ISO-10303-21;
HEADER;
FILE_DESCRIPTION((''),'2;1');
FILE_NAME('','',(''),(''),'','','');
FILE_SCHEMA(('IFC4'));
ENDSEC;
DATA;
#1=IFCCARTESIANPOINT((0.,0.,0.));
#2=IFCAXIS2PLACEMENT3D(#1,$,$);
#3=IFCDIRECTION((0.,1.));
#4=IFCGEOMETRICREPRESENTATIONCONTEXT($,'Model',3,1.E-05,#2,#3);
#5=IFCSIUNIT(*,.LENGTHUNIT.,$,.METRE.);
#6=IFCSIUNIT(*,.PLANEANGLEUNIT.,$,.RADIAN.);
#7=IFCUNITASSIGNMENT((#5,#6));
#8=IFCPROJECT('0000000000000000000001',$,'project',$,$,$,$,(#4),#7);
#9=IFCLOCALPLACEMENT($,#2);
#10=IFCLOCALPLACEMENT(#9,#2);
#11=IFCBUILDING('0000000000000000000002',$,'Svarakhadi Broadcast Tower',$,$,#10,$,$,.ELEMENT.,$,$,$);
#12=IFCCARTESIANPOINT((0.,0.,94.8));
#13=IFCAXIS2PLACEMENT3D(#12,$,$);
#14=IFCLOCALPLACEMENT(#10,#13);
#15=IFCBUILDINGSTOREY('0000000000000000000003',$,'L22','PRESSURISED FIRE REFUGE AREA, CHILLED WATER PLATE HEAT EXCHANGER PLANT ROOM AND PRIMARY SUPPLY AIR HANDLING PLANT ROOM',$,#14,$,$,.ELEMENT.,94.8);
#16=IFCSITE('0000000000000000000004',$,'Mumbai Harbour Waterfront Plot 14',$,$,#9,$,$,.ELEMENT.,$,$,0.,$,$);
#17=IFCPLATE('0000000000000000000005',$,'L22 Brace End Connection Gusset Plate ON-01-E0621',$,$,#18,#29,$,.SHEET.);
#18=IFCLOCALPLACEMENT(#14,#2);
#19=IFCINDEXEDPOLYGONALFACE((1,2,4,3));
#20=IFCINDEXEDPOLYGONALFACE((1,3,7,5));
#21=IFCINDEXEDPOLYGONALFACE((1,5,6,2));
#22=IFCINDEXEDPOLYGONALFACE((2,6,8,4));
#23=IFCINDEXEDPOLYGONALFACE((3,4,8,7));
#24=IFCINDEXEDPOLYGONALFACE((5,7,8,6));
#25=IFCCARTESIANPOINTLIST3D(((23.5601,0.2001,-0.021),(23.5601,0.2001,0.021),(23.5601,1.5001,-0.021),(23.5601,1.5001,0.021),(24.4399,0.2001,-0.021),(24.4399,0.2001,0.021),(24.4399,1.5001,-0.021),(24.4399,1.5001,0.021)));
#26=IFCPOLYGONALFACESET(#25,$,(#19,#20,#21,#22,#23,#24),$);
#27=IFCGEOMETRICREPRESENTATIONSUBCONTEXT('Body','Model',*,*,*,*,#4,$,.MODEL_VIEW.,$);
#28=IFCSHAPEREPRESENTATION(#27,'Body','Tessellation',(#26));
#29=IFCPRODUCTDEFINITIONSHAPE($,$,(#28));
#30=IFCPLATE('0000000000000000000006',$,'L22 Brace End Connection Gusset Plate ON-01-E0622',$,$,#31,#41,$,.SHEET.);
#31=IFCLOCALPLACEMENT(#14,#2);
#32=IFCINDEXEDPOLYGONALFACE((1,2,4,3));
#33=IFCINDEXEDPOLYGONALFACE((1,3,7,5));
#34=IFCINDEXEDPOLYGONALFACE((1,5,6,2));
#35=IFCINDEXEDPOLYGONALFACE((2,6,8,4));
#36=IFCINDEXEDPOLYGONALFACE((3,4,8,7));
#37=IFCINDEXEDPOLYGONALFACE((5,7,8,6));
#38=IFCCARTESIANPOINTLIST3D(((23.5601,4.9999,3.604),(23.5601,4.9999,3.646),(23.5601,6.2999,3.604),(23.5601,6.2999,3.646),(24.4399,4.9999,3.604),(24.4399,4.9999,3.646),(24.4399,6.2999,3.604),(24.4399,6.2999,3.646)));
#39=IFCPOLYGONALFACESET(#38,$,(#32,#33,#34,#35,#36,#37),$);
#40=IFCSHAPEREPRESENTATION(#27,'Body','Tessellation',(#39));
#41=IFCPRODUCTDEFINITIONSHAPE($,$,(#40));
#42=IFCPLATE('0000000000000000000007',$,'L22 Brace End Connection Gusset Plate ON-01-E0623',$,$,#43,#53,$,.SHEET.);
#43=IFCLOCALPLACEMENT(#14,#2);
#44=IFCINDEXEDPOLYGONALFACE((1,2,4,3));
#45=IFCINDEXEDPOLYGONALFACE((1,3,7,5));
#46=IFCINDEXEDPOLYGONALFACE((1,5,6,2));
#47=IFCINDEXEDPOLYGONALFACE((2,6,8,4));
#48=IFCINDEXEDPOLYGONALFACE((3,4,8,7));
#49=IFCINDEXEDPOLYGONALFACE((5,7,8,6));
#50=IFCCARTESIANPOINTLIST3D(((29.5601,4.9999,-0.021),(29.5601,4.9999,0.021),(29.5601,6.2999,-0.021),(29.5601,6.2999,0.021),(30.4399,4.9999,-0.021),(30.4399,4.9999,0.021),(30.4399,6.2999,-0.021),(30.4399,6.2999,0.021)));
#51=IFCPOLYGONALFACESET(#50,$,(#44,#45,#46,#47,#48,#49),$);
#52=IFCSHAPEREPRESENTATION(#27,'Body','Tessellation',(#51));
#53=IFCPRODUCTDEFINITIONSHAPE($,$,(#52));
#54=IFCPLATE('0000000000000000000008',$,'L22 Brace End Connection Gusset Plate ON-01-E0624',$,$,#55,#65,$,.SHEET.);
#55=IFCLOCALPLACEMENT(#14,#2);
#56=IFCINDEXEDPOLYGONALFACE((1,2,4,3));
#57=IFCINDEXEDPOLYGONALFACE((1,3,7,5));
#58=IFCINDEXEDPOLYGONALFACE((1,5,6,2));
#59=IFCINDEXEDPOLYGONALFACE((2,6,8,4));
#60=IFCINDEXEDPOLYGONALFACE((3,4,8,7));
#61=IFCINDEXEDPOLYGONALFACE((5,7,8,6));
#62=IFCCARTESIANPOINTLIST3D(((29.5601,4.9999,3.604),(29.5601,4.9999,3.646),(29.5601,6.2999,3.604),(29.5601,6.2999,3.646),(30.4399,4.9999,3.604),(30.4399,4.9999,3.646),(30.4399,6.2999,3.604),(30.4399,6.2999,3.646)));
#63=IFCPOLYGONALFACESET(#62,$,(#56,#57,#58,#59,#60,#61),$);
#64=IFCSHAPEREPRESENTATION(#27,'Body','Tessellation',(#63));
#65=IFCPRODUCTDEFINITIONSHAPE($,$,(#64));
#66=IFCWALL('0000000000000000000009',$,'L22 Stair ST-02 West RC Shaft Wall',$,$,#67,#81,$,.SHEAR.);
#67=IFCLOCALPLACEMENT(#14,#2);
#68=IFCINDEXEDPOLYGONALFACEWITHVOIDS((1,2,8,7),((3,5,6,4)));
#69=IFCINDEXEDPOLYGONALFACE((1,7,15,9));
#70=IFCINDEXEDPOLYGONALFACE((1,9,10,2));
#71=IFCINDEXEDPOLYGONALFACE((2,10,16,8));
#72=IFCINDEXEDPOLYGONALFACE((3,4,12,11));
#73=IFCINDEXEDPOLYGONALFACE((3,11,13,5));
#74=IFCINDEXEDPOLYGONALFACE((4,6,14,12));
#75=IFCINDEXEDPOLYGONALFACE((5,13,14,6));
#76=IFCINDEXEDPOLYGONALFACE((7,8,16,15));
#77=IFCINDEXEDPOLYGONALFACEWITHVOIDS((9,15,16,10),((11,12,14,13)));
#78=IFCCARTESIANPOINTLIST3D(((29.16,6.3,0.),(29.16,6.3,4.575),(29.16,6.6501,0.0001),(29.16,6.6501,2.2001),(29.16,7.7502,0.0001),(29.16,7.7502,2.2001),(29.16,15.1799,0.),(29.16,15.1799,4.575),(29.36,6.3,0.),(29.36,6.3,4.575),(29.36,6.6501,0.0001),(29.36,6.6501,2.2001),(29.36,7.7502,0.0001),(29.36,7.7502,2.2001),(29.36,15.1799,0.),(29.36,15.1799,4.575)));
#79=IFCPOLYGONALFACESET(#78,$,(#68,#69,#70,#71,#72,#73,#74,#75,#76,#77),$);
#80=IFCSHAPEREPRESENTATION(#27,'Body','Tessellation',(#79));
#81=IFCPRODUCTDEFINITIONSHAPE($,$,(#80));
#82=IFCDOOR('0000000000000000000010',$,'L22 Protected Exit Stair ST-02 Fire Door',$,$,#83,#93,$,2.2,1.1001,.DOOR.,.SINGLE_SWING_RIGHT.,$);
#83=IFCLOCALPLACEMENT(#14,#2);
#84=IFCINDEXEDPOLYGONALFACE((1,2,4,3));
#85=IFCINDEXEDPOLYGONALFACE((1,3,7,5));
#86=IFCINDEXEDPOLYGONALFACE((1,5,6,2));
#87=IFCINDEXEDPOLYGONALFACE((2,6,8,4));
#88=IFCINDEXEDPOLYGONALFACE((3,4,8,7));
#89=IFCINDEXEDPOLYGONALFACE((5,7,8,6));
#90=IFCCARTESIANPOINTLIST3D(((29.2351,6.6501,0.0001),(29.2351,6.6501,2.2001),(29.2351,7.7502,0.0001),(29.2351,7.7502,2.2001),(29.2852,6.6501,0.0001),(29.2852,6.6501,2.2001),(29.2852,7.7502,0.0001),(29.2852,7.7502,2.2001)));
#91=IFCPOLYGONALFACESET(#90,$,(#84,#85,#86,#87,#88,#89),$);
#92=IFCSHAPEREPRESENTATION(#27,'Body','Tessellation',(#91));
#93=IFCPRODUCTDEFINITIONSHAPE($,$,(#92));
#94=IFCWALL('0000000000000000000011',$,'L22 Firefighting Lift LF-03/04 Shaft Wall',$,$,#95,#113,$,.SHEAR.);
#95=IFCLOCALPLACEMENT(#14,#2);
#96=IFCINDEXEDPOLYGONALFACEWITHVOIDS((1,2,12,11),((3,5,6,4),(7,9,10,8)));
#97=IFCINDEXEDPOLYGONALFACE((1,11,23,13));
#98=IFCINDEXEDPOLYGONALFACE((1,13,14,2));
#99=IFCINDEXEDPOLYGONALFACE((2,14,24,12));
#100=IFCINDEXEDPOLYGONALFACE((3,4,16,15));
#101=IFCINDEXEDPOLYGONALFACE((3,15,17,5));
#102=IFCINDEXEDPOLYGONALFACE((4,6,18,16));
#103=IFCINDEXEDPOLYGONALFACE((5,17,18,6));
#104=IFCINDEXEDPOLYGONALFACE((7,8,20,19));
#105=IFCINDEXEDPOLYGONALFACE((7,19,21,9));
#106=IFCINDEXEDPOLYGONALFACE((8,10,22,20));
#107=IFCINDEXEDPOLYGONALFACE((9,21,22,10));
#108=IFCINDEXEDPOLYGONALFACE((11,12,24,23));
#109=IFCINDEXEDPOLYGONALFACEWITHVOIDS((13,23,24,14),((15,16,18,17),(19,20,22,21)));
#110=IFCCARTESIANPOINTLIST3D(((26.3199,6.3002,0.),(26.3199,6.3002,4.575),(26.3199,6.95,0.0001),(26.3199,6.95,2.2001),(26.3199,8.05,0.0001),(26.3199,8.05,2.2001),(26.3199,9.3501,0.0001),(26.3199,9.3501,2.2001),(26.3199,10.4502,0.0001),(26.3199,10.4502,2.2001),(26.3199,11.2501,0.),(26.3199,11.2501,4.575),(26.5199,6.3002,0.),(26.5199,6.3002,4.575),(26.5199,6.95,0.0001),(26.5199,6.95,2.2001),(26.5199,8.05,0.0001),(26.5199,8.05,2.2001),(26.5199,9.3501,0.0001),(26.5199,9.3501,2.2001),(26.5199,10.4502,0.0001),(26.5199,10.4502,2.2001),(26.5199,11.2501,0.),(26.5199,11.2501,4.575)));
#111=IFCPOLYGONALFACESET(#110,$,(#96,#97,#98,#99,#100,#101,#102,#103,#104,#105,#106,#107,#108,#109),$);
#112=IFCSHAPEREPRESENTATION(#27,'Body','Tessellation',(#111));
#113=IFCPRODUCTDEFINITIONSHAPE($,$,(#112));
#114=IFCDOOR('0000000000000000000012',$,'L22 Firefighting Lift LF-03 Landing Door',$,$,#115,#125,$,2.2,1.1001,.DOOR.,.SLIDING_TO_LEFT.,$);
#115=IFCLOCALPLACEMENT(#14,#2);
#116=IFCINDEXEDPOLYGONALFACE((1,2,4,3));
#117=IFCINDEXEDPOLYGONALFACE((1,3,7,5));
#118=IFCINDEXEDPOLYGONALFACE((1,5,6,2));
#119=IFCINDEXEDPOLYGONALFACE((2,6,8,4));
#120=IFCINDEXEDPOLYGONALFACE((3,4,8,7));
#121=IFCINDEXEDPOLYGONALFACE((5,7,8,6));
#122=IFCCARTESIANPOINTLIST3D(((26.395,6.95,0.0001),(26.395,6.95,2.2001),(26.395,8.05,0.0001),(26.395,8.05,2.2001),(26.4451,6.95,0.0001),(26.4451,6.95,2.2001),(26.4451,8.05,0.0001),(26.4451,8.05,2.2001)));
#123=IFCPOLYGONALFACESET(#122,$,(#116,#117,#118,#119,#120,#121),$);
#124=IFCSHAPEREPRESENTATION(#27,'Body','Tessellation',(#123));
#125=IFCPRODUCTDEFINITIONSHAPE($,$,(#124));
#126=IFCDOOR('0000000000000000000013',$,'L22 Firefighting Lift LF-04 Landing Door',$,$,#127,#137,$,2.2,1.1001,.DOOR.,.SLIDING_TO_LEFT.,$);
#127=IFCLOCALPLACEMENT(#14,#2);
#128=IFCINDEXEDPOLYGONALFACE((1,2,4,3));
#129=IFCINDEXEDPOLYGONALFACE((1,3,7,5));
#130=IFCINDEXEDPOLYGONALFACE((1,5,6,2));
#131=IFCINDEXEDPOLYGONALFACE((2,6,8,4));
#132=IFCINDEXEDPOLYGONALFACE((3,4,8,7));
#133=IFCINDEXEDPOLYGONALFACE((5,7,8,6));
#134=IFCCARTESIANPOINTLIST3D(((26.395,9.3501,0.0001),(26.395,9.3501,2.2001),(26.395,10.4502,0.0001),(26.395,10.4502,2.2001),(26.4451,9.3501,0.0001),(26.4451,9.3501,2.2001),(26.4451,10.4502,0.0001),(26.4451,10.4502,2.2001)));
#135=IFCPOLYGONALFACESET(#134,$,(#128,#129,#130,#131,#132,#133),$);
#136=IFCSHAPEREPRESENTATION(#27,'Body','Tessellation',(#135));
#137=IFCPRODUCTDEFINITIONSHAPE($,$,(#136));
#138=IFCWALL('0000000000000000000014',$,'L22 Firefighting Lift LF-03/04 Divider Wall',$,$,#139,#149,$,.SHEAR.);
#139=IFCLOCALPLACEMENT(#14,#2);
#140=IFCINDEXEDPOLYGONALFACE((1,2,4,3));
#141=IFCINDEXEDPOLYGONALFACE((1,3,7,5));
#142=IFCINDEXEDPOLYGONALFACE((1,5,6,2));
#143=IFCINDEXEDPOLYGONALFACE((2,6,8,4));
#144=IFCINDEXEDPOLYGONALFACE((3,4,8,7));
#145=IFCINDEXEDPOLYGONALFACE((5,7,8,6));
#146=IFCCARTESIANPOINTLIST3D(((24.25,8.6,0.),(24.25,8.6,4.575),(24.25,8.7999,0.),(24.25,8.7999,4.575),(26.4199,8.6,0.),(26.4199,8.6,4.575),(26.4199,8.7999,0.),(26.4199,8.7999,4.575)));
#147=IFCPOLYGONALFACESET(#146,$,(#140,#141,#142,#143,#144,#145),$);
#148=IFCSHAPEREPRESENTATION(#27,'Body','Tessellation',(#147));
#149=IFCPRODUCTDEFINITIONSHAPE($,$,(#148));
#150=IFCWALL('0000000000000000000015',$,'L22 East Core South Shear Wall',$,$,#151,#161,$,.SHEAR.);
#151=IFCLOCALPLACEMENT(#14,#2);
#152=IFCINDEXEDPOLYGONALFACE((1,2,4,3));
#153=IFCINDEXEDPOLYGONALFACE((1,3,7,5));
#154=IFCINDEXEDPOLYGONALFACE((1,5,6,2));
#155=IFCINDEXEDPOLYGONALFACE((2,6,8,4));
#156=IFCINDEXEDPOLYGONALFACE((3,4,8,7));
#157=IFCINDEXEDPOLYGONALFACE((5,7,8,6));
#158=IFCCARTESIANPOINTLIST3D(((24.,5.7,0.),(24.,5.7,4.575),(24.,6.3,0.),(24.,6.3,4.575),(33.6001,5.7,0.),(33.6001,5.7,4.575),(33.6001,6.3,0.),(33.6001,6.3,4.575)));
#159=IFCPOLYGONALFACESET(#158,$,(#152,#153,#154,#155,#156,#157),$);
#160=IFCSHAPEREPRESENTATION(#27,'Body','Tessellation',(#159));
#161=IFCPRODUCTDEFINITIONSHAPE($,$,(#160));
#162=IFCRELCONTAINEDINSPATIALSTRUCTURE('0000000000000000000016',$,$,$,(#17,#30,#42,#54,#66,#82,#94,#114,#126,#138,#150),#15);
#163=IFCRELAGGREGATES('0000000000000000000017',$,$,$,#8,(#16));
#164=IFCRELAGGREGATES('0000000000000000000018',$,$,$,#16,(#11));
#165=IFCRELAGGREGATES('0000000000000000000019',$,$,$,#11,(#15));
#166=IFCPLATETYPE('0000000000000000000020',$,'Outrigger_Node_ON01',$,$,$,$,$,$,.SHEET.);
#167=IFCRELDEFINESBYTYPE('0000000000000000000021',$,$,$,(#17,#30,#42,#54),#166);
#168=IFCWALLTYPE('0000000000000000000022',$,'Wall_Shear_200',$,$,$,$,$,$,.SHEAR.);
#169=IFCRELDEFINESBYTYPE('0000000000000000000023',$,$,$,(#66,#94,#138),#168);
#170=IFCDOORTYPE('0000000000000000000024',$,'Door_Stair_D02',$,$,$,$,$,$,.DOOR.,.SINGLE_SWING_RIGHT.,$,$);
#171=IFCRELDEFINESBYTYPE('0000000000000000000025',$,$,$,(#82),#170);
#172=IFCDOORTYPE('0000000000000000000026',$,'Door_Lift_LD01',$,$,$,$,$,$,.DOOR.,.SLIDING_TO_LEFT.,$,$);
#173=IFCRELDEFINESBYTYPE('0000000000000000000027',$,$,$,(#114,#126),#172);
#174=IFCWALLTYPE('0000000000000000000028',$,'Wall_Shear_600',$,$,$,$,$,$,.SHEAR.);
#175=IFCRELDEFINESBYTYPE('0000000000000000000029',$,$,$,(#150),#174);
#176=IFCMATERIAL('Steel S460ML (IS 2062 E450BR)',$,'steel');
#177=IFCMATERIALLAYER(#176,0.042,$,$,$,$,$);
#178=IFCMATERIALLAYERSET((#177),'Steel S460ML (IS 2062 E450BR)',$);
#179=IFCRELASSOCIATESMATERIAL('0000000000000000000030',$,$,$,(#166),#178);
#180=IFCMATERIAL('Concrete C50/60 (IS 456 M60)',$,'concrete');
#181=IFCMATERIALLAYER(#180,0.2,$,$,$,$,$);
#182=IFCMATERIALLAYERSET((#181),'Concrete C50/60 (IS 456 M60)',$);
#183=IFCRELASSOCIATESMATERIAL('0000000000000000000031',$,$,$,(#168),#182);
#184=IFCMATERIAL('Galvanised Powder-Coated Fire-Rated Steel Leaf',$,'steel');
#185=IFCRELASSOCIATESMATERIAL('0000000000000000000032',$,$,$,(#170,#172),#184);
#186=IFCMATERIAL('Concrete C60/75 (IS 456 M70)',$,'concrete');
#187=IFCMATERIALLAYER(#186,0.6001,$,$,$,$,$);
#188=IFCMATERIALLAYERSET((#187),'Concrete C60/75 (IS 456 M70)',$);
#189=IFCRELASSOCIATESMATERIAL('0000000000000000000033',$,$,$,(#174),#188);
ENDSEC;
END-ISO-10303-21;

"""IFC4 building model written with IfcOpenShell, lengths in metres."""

from ifc_helpers import new_model, si_unit, direction, frame, frame_2d, origin, origin_2d, place, context, subcontext, project, spatial, rectangle, extrude, material, layer, layer_set, type_object, element, fill, save


model = new_model("IFC4")

# Units and contexts
model_context = context("Model", 3, precision=1e-05, world=origin(), true_north=direction((0.0, 1.0)))
body_context = subcontext(model_context, "Body", "Model", "MODEL_VIEW")
ifc_project = project(units=[si_unit("LENGTHUNIT", "METRE"), si_unit("PLANEANGLEUNIT", "RADIAN")], contexts=[model_context])

# Site, building, storey
site_placement = place(None, origin())
site = spatial("IfcSite", under=ifc_project, at=site_placement, Name="Mumbai Harbour Waterfront Plot 14", CompositionType="ELEMENT", RefElevation=0.0)
building_placement = place(site_placement, origin())
building = spatial("IfcBuilding", under=site, at=building_placement, Name="Svarakhadi Broadcast Tower", CompositionType="ELEMENT")
storey_placement = place(building_placement, frame((0.0, 0.0, 94.8)))
storey = spatial("IfcBuildingStorey", under=building, at=storey_placement, Name="L22", Description="PRESSURISED FIRE REFUGE AREA, CHILLED WATER PLATE HEAT EXCHANGER PLANT ROOM AND PRIMARY SUPPLY AIR HANDLING PLANT ROOM", CompositionType="ELEMENT", Elevation=94.8)

# Shared definitions
ifc_material_1 = material(Name="Concrete C60/75 (IS 456 M70)", Category="concrete")

# Shared definitions
ifc_material_2 = material(Name="Concrete C50/60 (IS 456 M60)", Category="concrete")

# Shared definitions
ifc_material_3 = material(Name="Steel S460ML (IS 2062 E450BR)", Category="steel")

# Plates
ifc_layer_1 = layer(ifc_material_3, 0.042)
ifc_layer_set_1 = layer_set([ifc_layer_1], Name="Steel S460ML (IS 2062 E450BR)")
plate_type_1 = type_object("IfcPlateType", Name="Outrigger_Node_ON01", PredefinedType="SHEET", material=ifc_layer_set_1)
for number, where, z_axis, x_axis, name in (
    (1, (24.0, 0.8501, -0.021), (0.0, 0.0, 1.0), (0.0, 1.0, 0.0), "L22 Brace End Connection Gusset Plate ON-01-E0621"),
    (2, (24.0, 5.6499, 3.604), (0.0, 0.0, 1.0), (0.0, 1.0, 0.0), "L22 Brace End Connection Gusset Plate ON-01-E0622"),
    (3, (30.0, 5.6499, -0.021), (0.0, 0.0, 1.0), (0.0, 1.0, 0.0), "L22 Brace End Connection Gusset Plate ON-01-E0623"),
    (4, (30.0, 5.6499, 3.604), (0.0, 0.0, 1.0), (0.0, 1.0, 0.0), "L22 Brace End Connection Gusset Plate ON-01-E0624"),
):
    element("IfcPlate", number, at=place(storey_placement, frame(where, z_axis=z_axis, x_axis=x_axis)), inside=storey, type_object=plate_type_1, Name=name, PredefinedType="SHEET", context=body_context, shape_type="SweptSolid", body=[
        extrude(rectangle(XDim=1.3, YDim=0.8799, at=origin_2d()), origin(), (0.0, 0.0, 1.0), 0.042),
    ])

# Wall, opening, door
ifc_layer_2 = layer(ifc_material_2, 0.2)
ifc_layer_set_2 = layer_set([ifc_layer_2], Name="Concrete C50/60 (IS 456 M60)")
wall_type_1 = type_object("IfcWallType", Name="Wall_Shear_200", PredefinedType="SHEAR", material=ifc_layer_set_2)
wall_1_placement = place(storey_placement, frame((29.26, 6.3, 0.0), z_axis=(0.0, 0.0, 1.0), x_axis=(0.0, 1.0, 0.0)))
wall_1 = element("IfcWall", 5, at=wall_1_placement, inside=storey, type_object=wall_type_1, Name="L22 Stair ST-02 West RC Shaft Wall", PredefinedType="SHEAR", context=body_context, shape_type="SweptSolid", body=[
    extrude(rectangle(XDim=8.8799, YDim=0.2, at=frame_2d((4.4399, 0.0))), origin(), (0.0, 0.0, 1.0), 4.575),
])
opening_1_placement = place(wall_1_placement, frame((0.3501, 0.0, 0.0)))
opening_1 = element("IfcOpeningElement", 6, at=opening_1_placement, cuts=wall_1, PredefinedType="OPENING", context=body_context, shape_type="SweptSolid", body=[
    extrude(rectangle(XDim=1.1001, YDim=2.2, at=frame_2d((0.55, 1.1001))), frame((0.0, 0.1099, 0.0), z_axis=(0.0, -1.0, 0.0), x_axis=(1.0, 0.0, 0.0)), (0.0, 0.0, 1.0), 0.22),
])
ifc_material_4 = material(Name="Galvanised Powder-Coated Fire-Rated Steel Leaf", Category="steel")
door_type_1 = type_object("IfcDoorType", Name="Door_Stair_D02", OperationType="SINGLE_SWING_RIGHT", PredefinedType="DOOR", material=ifc_material_4)
door_1_placement = place(opening_1_placement, origin())
door_1 = element("IfcDoor", 7, at=door_1_placement, inside=storey, type_object=door_type_1, Name="L22 Protected Exit Stair ST-02 Fire Door", OperationType="SINGLE_SWING_RIGHT", OverallHeight=2.2, OverallWidth=1.1001, PredefinedType="DOOR", context=body_context, shape_type="SweptSolid", body=[
    extrude(rectangle(XDim=1.1001, YDim=2.2, at=frame_2d((0.55, 1.1001))), frame((0.0, 0.0249, 0.0), z_axis=(0.0, -1.0, 0.0), x_axis=(1.0, 0.0, 0.0)), (0.0, 0.0, 1.0), 0.05),
])
fill(opening_1, door_1)

# Wall, openings, doors
wall_2_placement = place(storey_placement, frame((26.4199, 6.3, 0.0), z_axis=(0.0, 0.0, 1.0), x_axis=(0.0, 1.0, 0.0)))
wall_2 = element("IfcWall", 8, at=wall_2_placement, inside=storey, type_object=wall_type_1, Name="L22 Firefighting Lift LF-03/04 Shaft Wall", PredefinedType="SHEAR", context=body_context, shape_type="SweptSolid", body=[
    extrude(rectangle(XDim=4.95, YDim=0.2, at=frame_2d((2.4751, 0.0))), origin(), (0.0, 0.0, 1.0), 4.575),
])
opening_2_placement = place(wall_2_placement, frame((0.6499, 0.0, 0.0)))
opening_2 = element("IfcOpeningElement", 9, at=opening_2_placement, cuts=wall_2, PredefinedType="OPENING", context=body_context, shape_type="SweptSolid", body=[
    extrude(rectangle(XDim=1.1001, YDim=2.2, at=frame_2d((0.55, 1.1001))), frame((0.0, 0.1099, 0.0), z_axis=(0.0, -1.0, 0.0), x_axis=(1.0, 0.0, 0.0)), (0.0, 0.0, 1.0), 0.22),
])
opening_3_placement = place(wall_2_placement, frame((3.05, 0.0, 0.0)))
opening_3 = element("IfcOpeningElement", 10, at=opening_3_placement, cuts=wall_2, PredefinedType="OPENING", context=body_context, shape_type="SweptSolid", body=[
    extrude(rectangle(XDim=1.1001, YDim=2.2, at=frame_2d((0.55, 1.1001))), frame((0.0, 0.1099, 0.0), z_axis=(0.0, -1.0, 0.0), x_axis=(1.0, 0.0, 0.0)), (0.0, 0.0, 1.0), 0.22),
])
door_type_2 = type_object("IfcDoorType", Name="Door_Lift_LD01", OperationType="SLIDING_TO_LEFT", PredefinedType="DOOR", material=ifc_material_4)
door_2_placement = place(opening_2_placement, origin())
door_2 = element("IfcDoor", 11, at=door_2_placement, inside=storey, type_object=door_type_2, Name="L22 Firefighting Lift LF-03 Landing Door", OperationType="SLIDING_TO_LEFT", OverallHeight=2.2, OverallWidth=1.1001, PredefinedType="DOOR", context=body_context, shape_type="SweptSolid", body=[
    extrude(rectangle(XDim=1.1001, YDim=2.2, at=frame_2d((0.55, 1.1001))), frame((0.0, 0.0249, 0.0), z_axis=(0.0, -1.0, 0.0), x_axis=(1.0, 0.0, 0.0)), (0.0, 0.0, 1.0), 0.05),
])
fill(opening_2, door_2)
door_3_placement = place(opening_3_placement, origin())
door_3 = element("IfcDoor", 12, at=door_3_placement, inside=storey, type_object=door_type_2, Name="L22 Firefighting Lift LF-04 Landing Door", OperationType="SLIDING_TO_LEFT", OverallHeight=2.2, OverallWidth=1.1001, PredefinedType="DOOR", context=body_context, shape_type="SweptSolid", body=[
    extrude(rectangle(XDim=1.1001, YDim=2.2, at=frame_2d((0.55, 1.1001))), frame((0.0, 0.0249, 0.0), z_axis=(0.0, -1.0, 0.0), x_axis=(1.0, 0.0, 0.0)), (0.0, 0.0, 1.0), 0.05),
])
fill(opening_3, door_3)

# Walls
wall_3_placement = place(storey_placement, frame((24.25, 8.7, 0.0), z_axis=(0.0, 0.0, 1.0), x_axis=(1.0, 0.0, 0.0)))
element("IfcWall", 13, at=wall_3_placement, inside=storey, type_object=wall_type_1, Name="L22 Firefighting Lift LF-03/04 Divider Wall", PredefinedType="SHEAR", context=body_context, shape_type="SweptSolid", body=[
    extrude(rectangle(XDim=2.1699, YDim=0.2, at=frame_2d((1.085, 0.0))), origin(), (0.0, 0.0, 1.0), 4.575),
])
ifc_layer_3 = layer(ifc_material_1, 0.6001)
ifc_layer_set_3 = layer_set([ifc_layer_3], Name="Concrete C60/75 (IS 456 M70)")
wall_type_2 = type_object("IfcWallType", Name="Wall_Shear_600", PredefinedType="SHEAR", material=ifc_layer_set_3)
wall_4_placement = place(storey_placement, frame((24.0, 6.0, 0.0), z_axis=(0.0, 0.0, 1.0), x_axis=(1.0, 0.0, 0.0)))
element("IfcWall", 14, at=wall_4_placement, inside=storey, type_object=wall_type_2, Name="L22 East Core South Shear Wall", PredefinedType="SHEAR", context=body_context, shape_type="SweptSolid", body=[
    extrude(rectangle(XDim=9.6001, YDim=0.6001, at=frame_2d((4.8, 0.0))), origin(), (0.0, 0.0, 1.0), 4.575),
])

save(model, "model.ifc")
